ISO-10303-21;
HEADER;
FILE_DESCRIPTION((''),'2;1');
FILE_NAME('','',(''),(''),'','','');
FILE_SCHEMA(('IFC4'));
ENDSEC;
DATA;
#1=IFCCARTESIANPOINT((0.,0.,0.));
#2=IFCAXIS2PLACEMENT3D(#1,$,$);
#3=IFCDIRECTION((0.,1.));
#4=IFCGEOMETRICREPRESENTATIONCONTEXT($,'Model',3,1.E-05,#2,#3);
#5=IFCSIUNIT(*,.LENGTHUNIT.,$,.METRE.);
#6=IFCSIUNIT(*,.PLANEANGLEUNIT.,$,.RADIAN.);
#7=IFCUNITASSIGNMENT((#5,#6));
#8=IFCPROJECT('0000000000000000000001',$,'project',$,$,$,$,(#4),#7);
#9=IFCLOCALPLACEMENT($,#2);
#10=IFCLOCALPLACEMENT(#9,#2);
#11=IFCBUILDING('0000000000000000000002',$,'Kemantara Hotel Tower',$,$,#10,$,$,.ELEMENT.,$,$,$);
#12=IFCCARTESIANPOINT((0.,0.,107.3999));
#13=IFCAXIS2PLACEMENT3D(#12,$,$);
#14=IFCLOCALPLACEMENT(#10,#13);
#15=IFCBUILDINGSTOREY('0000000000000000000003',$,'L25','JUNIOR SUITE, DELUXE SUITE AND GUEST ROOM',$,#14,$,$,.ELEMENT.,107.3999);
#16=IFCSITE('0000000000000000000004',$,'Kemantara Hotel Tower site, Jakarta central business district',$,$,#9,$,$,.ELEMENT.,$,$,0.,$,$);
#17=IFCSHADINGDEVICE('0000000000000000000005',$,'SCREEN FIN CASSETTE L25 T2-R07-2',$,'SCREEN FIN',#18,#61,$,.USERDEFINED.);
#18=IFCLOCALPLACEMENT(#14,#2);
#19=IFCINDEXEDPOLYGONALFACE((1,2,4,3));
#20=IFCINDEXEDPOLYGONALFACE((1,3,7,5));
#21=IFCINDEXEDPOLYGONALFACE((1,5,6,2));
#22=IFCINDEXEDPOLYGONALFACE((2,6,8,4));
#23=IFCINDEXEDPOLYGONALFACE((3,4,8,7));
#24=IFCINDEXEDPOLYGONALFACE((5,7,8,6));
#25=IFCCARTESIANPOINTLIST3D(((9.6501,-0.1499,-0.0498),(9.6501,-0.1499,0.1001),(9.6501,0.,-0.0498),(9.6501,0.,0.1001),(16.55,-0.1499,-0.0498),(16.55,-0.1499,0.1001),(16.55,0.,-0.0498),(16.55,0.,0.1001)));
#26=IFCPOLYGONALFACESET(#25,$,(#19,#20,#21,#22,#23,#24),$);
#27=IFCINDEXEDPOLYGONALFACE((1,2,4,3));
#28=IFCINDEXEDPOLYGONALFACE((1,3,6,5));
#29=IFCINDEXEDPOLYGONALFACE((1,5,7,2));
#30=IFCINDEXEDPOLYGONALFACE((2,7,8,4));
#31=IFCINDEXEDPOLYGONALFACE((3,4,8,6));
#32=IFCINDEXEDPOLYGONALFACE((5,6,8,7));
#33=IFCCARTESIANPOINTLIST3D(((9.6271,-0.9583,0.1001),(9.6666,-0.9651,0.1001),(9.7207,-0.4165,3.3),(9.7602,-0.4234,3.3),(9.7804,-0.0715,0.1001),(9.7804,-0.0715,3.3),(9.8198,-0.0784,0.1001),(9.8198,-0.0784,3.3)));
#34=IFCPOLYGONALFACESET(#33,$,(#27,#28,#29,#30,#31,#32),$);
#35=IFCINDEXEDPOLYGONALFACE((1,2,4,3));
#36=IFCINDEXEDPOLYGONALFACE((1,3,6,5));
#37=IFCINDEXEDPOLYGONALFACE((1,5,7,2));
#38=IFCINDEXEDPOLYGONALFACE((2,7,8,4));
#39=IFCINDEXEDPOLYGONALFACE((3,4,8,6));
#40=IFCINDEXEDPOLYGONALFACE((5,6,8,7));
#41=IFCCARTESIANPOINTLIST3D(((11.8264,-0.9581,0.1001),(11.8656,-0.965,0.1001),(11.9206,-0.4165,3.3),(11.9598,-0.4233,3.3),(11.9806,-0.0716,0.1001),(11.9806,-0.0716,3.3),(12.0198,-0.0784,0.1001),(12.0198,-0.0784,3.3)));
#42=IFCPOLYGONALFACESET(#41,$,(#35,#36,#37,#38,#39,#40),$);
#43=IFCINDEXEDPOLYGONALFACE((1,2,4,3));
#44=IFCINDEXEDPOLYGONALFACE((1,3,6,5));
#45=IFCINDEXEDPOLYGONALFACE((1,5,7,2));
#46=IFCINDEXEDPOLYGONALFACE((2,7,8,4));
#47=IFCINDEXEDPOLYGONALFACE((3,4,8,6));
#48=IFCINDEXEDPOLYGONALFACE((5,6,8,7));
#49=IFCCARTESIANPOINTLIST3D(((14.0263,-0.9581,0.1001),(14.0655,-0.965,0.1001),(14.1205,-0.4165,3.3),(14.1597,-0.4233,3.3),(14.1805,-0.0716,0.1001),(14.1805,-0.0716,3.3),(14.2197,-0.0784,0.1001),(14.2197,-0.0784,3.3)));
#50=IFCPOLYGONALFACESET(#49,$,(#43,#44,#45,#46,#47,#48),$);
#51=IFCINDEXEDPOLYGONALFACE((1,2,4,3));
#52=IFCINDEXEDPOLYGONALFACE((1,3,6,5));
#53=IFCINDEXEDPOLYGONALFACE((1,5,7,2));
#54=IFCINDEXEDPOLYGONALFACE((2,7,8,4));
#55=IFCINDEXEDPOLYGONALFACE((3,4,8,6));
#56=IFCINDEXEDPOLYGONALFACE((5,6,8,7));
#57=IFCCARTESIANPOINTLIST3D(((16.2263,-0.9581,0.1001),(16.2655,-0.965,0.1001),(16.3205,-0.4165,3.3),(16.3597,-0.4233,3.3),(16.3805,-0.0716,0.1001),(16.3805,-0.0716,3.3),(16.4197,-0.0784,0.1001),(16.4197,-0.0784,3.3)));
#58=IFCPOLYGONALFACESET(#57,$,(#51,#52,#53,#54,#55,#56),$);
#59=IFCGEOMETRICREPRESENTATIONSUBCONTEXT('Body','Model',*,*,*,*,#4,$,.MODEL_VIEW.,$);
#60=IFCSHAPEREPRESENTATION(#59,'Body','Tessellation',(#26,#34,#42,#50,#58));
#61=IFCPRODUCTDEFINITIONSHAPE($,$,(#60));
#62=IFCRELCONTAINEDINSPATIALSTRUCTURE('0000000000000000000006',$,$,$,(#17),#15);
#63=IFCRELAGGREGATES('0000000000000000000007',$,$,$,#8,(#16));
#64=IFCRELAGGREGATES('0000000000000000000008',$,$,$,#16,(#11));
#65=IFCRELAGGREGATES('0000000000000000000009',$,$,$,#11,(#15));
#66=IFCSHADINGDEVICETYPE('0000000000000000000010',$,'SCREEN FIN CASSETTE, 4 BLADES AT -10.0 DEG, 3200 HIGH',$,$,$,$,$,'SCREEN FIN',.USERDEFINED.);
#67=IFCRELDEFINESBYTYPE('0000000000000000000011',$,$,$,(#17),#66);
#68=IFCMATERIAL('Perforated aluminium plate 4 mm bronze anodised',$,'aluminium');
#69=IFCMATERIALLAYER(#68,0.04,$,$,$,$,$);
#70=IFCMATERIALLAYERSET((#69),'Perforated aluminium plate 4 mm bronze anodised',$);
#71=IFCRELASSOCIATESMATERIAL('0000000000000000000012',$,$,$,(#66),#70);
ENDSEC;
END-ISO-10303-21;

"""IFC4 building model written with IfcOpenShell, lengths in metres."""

from ifc_helpers import new_model, si_unit, direction, frame, origin, origin_2d, place, context, subcontext, project, spatial, polyline, rectangle, outline, extrude, source, transform, mapped, material, layer, layer_set, type_object, element, save


model = new_model("IFC4")

# Units and contexts
model_context = context("Model", 3, precision=1e-05, world=origin(), true_north=direction((0.0, 1.0)))
body_context = subcontext(model_context, "Body", "Model", "MODEL_VIEW")
ifc_project = project(units=[si_unit("LENGTHUNIT", "METRE"), si_unit("PLANEANGLEUNIT", "RADIAN")], contexts=[model_context])

# Site, building, storey
site_placement = place(None, origin())
site = spatial("IfcSite", under=ifc_project, at=site_placement, Name="Kemantara Hotel Tower site, Jakarta central business district", CompositionType="ELEMENT", RefElevation=0.0)
building_placement = place(site_placement, origin())
building = spatial("IfcBuilding", under=site, at=building_placement, Name="Kemantara Hotel Tower", CompositionType="ELEMENT")
storey_placement = place(building_placement, frame((0.0, 0.0, 107.3999)))
storey = spatial("IfcBuildingStorey", under=building, at=storey_placement, Name="L25", Description="JUNIOR SUITE, DELUXE SUITE AND GUEST ROOM", CompositionType="ELEMENT", Elevation=107.3999)

# Shading device
ifc_material_1 = material(Name="Perforated aluminium plate 4 mm bronze anodised", Category="aluminium")
ifc_layer_1 = layer(ifc_material_1, 0.04)
ifc_layer_set_1 = layer_set([ifc_layer_1], Name="Perforated aluminium plate 4 mm bronze anodised")
shading_device_type = type_object("IfcShadingDeviceType", Name="SCREEN FIN CASSETTE, 4 BLADES AT -10.0 DEG, 3200 HIGH", ElementType="SCREEN FIN", PredefinedType="USERDEFINED", material=ifc_layer_set_1)
shared_shape = source(origin(), body_context, "Body", "SweptSolid", [
    extrude(rectangle(XDim=6.8999, YDim=0.1499, at=origin_2d()), frame((3.3, -0.075, -0.1499), z_axis=(0.0, 0.0, 1.0), x_axis=(1.0, 0.0, 0.0)), (0.0, 0.0, 1.0), 0.1499),
    extrude(outline(polyline([(0.0, 0.0), (0.8999, 0.0), (0.3501, 3.2), (0.0, 3.2), (0.0, 0.0)])), frame((0.0198, -0.0784, 0.0), z_axis=(-0.98539, 0.170314, 0.0), x_axis=(-0.170314, -0.98539, 0.0)), (0.0, 0.0, 1.0), 0.04),
    extrude(outline(polyline([(0.0, 0.0), (0.8999, 0.0), (0.3501, 3.2), (0.0, 3.2), (0.0, 0.0)])), frame((2.2197, -0.0784, 0.0), z_axis=(-0.985212, 0.171341, 0.0), x_axis=(-0.171341, -0.985212, 0.0)), (0.0, 0.0, 1.0), 0.0398),
    extrude(outline(polyline([(0.0, 0.0), (0.8999, 0.0), (0.3501, 3.2), (0.0, 3.2), (0.0, 0.0)])), frame((4.4197, -0.0784, 0.0), z_axis=(-0.985212, 0.171341, 0.0), x_axis=(-0.171341, -0.985212, 0.0)), (0.0, 0.0, 1.0), 0.0398),
    extrude(outline(polyline([(0.0, 0.0), (0.8999, 0.0), (0.3501, 3.2), (0.0, 3.2), (0.0, 0.0)])), frame((6.6196, -0.0784, 0.0), z_axis=(-0.985212, 0.171341, 0.0), x_axis=(-0.171341, -0.985212, 0.0)), (0.0, 0.0, 1.0), 0.0398),
])
shading_device_placement = place(storey_placement, frame((9.8, 0.0, 0.1001), z_axis=(0.0, 0.0, 1.0), x_axis=(1.0, 0.0, 0.0)))
element("IfcShadingDevice", 1, at=shading_device_placement, inside=storey, type_object=shading_device_type, Name="SCREEN FIN CASSETTE L25 T2-R07-2", ObjectType="SCREEN FIN", PredefinedType="USERDEFINED", context=body_context, shape_type="MappedRepresentation", body=[
    mapped(shared_shape, transform((0.0, 0.0, 0.0))),
])

save(model, "model.ifc")
